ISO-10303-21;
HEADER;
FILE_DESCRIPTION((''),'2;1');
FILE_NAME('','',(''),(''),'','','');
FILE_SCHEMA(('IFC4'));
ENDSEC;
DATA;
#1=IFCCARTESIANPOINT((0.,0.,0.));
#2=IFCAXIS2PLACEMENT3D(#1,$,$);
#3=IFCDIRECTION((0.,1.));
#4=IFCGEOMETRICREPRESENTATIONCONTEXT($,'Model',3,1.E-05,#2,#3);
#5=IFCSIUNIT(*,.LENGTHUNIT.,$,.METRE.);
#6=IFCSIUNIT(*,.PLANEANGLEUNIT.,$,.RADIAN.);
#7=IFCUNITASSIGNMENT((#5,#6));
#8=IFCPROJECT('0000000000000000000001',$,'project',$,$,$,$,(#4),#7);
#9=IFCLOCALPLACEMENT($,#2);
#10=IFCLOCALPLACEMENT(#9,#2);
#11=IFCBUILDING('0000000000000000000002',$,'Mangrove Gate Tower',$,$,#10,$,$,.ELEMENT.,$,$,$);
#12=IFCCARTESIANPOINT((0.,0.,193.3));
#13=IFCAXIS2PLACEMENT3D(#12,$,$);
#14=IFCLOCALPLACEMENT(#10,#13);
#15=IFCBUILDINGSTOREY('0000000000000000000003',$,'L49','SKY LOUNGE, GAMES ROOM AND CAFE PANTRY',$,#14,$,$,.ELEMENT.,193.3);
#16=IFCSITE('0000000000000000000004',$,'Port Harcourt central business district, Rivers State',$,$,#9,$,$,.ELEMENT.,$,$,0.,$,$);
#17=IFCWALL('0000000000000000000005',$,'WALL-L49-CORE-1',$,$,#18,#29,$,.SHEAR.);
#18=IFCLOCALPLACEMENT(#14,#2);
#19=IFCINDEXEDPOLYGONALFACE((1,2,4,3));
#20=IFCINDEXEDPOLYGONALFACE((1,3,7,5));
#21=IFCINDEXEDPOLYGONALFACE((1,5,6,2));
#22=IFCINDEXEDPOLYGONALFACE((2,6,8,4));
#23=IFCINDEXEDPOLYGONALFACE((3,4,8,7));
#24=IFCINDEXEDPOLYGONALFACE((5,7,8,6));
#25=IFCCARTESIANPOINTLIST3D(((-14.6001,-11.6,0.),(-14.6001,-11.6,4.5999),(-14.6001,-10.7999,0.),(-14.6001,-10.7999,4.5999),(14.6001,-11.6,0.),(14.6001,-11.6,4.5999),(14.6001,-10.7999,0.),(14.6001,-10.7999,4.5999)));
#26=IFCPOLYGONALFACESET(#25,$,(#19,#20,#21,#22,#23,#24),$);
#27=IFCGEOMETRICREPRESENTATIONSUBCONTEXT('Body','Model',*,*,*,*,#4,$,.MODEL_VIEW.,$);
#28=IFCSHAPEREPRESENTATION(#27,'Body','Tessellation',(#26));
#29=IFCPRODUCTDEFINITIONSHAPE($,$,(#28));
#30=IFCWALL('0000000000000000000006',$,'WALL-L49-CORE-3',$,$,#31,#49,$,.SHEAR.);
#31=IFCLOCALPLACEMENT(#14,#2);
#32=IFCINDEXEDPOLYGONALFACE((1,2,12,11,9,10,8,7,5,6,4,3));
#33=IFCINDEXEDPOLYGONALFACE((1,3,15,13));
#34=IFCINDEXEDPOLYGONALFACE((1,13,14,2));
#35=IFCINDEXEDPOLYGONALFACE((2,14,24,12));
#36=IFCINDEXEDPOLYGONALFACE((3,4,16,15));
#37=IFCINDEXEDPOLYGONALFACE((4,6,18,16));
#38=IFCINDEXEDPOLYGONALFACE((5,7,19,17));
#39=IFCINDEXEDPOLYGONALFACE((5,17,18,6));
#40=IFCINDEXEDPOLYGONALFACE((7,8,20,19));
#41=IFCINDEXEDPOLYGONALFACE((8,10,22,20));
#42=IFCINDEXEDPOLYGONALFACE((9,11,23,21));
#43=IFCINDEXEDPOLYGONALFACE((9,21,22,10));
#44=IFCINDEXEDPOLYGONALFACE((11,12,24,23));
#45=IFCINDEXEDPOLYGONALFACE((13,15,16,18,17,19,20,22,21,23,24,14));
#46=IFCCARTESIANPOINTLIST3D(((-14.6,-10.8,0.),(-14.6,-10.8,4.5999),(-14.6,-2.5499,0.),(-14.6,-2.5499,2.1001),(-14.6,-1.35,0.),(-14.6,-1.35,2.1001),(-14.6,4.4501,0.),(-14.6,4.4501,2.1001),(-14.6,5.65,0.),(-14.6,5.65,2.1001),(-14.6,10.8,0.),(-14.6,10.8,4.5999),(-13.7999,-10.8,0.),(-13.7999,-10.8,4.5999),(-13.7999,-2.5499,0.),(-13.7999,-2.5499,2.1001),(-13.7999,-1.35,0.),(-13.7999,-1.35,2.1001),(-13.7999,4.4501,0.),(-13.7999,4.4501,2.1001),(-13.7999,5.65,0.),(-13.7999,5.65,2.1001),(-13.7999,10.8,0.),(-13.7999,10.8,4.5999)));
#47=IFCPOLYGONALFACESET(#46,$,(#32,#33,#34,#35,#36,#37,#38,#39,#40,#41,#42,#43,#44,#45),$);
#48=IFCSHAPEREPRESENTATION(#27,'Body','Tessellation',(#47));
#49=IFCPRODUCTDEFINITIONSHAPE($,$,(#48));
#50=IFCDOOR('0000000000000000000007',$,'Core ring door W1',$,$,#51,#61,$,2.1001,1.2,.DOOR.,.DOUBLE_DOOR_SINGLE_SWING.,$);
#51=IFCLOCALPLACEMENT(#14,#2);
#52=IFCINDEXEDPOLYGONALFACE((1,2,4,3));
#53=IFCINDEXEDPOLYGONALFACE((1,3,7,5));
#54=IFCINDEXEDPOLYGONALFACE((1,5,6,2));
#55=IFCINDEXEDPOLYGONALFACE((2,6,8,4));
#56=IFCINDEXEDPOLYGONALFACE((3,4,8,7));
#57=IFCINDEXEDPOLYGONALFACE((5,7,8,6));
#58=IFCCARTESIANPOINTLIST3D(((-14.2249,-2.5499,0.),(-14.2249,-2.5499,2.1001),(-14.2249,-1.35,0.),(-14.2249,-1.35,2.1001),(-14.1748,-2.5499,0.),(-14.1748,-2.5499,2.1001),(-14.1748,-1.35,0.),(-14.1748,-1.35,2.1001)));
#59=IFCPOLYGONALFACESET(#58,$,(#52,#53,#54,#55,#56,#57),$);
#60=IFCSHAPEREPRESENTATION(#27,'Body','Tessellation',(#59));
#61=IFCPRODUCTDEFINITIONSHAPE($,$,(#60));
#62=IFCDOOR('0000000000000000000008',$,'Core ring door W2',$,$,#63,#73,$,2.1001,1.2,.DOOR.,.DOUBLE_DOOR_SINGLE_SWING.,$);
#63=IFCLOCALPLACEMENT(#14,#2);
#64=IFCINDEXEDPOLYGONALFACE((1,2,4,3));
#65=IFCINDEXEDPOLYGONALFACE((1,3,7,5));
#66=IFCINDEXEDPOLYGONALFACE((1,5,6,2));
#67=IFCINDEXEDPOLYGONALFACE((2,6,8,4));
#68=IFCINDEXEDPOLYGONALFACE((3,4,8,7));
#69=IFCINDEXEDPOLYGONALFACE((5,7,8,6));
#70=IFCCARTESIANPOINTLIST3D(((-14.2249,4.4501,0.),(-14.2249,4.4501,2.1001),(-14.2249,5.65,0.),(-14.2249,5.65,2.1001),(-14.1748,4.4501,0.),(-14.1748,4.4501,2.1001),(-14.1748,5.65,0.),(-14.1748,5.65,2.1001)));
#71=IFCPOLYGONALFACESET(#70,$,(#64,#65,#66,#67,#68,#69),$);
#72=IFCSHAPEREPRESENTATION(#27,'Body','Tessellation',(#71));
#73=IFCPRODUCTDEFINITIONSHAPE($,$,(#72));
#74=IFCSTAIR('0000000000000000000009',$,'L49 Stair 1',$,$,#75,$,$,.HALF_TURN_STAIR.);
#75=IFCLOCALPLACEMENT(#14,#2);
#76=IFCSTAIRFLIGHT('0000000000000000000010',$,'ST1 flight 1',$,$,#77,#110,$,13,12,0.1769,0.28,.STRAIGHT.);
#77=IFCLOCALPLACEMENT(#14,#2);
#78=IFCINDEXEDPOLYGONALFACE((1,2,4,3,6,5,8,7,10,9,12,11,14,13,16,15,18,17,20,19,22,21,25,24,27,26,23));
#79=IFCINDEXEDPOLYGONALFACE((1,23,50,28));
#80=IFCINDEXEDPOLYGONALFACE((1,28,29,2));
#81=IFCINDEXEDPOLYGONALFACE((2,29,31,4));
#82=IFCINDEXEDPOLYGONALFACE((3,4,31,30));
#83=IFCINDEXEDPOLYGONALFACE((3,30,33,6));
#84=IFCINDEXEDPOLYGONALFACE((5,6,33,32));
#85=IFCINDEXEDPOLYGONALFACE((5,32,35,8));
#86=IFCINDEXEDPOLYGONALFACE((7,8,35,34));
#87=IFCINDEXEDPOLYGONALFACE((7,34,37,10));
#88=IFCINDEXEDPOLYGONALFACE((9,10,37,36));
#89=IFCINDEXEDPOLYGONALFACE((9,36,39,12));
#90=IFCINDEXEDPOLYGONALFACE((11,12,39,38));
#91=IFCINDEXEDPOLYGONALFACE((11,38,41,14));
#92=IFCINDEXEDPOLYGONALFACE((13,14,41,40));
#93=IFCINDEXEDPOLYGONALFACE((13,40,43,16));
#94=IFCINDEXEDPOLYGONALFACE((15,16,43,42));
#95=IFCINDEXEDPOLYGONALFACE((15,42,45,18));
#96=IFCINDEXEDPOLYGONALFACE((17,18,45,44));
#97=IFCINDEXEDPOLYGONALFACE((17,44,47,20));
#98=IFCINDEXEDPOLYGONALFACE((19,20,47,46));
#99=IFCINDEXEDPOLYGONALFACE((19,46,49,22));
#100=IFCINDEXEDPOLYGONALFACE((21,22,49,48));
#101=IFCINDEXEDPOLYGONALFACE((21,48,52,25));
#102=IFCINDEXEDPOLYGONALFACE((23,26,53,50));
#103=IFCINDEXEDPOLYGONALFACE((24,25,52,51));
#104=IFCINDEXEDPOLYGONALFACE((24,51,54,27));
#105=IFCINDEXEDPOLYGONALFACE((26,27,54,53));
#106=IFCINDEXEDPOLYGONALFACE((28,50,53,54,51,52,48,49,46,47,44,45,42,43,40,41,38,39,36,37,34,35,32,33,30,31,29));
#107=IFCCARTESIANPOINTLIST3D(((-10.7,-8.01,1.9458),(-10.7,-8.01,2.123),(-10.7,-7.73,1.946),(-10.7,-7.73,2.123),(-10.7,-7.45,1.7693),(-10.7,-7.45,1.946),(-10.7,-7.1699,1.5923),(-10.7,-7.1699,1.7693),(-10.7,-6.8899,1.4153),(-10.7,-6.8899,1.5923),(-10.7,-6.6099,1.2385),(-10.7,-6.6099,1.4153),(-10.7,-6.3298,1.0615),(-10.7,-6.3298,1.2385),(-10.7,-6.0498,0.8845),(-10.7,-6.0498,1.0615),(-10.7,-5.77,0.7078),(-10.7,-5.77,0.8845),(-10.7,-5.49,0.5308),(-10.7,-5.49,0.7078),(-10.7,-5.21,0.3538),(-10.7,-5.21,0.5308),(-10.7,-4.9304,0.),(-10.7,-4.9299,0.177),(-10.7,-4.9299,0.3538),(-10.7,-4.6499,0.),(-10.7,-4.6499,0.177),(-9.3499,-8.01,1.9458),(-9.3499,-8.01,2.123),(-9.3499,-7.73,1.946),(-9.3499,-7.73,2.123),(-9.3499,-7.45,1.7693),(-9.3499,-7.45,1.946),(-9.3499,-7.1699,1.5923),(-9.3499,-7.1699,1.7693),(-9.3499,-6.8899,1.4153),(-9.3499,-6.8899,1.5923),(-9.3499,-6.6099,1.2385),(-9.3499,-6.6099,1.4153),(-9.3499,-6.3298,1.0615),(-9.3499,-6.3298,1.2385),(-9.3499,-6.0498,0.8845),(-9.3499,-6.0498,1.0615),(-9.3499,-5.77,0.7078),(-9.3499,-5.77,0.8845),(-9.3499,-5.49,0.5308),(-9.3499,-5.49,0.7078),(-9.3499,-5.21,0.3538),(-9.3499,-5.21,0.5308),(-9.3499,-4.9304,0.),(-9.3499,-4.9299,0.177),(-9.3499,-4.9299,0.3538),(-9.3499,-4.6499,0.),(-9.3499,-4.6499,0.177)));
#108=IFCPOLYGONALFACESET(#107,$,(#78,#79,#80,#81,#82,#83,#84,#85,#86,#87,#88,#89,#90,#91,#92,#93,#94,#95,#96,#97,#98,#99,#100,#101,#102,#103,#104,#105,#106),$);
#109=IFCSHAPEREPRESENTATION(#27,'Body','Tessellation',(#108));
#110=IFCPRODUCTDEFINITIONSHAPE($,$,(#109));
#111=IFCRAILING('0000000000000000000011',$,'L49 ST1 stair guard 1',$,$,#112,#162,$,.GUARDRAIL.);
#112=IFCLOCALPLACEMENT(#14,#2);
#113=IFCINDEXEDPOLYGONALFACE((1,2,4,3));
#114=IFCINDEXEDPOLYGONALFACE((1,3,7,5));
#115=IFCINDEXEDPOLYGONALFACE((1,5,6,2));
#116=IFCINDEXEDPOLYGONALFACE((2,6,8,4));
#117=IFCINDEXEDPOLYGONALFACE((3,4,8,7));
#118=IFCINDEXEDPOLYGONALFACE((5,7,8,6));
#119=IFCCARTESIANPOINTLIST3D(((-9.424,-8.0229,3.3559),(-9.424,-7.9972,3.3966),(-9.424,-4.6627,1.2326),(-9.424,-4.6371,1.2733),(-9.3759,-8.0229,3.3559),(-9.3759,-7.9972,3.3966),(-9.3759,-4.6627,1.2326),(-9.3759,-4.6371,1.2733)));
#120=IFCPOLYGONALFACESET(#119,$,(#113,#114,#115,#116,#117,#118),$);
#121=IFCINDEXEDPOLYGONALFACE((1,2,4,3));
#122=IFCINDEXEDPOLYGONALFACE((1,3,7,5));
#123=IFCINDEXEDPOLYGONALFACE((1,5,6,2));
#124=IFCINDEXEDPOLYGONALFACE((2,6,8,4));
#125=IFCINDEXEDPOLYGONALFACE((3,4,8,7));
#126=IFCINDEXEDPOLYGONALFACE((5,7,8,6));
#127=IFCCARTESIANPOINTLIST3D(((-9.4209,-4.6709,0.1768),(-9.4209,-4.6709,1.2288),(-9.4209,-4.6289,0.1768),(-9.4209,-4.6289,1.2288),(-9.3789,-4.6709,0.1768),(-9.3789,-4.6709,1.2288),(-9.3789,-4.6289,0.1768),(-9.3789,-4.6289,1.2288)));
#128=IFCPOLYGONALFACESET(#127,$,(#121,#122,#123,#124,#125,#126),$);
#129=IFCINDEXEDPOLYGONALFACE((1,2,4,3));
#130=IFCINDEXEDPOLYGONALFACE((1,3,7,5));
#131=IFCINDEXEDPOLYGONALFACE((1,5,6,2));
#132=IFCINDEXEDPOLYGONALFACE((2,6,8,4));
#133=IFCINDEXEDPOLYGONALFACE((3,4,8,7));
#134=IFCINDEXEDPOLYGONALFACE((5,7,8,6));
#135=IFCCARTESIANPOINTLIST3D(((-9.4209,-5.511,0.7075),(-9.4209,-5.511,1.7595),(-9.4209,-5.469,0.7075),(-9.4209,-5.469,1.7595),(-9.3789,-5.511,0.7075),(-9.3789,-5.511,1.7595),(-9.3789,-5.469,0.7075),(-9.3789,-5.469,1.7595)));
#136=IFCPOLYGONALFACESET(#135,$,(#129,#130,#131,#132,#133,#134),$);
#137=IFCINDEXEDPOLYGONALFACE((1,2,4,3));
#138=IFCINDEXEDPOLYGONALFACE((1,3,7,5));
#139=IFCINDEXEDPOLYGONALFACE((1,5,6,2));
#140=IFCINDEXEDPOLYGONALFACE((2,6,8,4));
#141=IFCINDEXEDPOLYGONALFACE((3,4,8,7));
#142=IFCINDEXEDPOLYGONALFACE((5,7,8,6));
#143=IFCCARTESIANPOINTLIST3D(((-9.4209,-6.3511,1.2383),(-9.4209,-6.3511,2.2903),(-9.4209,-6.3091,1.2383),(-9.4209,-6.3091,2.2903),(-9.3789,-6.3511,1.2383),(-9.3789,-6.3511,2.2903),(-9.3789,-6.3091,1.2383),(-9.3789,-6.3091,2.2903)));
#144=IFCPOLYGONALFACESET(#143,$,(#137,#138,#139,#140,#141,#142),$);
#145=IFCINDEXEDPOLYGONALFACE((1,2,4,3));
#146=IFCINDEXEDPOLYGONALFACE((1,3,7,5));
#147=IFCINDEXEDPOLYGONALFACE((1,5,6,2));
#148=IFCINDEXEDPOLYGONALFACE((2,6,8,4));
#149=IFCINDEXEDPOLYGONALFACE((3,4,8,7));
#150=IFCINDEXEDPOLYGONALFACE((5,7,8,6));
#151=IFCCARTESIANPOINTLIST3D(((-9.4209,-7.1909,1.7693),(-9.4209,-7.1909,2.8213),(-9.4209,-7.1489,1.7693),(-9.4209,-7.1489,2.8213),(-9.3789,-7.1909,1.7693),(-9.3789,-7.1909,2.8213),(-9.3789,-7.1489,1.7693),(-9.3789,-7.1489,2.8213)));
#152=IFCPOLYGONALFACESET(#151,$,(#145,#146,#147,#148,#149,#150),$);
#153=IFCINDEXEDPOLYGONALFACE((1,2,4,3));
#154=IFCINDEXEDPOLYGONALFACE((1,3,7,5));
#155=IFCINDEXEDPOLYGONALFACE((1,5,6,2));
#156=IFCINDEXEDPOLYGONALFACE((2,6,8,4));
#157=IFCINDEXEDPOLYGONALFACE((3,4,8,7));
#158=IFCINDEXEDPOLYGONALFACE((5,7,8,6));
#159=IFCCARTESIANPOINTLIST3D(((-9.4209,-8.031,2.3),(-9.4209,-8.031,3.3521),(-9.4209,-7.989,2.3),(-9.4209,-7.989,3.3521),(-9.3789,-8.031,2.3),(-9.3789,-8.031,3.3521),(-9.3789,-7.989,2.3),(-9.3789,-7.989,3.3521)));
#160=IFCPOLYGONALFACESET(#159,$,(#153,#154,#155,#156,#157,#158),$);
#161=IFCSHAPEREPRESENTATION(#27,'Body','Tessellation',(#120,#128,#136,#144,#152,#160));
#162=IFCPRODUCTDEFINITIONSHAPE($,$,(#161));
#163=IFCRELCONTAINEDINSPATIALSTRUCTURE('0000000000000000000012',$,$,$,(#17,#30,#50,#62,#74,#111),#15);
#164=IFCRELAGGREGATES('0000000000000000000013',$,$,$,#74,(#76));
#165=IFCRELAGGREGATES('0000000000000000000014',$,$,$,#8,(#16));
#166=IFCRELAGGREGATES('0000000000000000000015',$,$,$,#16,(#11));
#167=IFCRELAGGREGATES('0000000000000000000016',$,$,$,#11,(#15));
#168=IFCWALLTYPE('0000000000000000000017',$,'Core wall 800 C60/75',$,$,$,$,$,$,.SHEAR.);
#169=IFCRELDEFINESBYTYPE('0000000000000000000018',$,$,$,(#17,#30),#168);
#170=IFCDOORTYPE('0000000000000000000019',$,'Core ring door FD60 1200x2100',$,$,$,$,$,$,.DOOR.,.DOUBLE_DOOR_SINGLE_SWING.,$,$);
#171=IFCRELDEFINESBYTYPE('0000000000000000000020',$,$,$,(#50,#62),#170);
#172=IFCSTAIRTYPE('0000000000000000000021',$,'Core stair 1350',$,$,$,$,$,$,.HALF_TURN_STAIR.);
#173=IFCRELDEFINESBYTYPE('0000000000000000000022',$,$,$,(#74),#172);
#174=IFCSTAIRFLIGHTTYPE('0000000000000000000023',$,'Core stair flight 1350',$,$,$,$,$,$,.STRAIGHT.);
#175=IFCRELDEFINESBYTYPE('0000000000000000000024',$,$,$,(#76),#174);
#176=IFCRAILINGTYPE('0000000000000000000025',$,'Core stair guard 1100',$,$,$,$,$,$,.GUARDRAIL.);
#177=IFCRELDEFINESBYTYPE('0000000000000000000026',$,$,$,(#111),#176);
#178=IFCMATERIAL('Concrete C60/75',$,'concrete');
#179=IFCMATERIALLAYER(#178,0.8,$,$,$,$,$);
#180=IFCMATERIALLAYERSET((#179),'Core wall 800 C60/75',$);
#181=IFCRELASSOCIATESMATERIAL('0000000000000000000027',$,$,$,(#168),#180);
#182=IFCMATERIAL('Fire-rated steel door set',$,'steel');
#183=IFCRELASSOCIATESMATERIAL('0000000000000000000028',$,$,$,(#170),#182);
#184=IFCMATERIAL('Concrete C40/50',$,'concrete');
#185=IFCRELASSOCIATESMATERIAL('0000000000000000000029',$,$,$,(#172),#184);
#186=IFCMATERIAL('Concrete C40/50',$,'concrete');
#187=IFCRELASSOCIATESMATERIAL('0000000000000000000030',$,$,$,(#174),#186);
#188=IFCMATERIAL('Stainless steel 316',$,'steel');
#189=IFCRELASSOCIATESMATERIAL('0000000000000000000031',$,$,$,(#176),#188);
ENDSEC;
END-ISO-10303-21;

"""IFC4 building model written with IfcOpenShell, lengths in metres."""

from ifc_helpers import new_model, si_unit, direction, frame, frame_2d, origin, origin_2d, place, context, subcontext, project, spatial, polyline, rectangle, outline, extrude, material, layer, layer_set, type_object, element, fill, aggregate, save


model = new_model("IFC4")

# Units and contexts
model_context = context("Model", 3, precision=1e-05, world=origin(), true_north=direction((0.0, 1.0)))
body_context = subcontext(model_context, "Body", "Model", "MODEL_VIEW")
ifc_project = project(units=[si_unit("LENGTHUNIT", "METRE"), si_unit("PLANEANGLEUNIT", "RADIAN")], contexts=[model_context])

# Site, building, storey
site_placement = place(None, origin())
site = spatial("IfcSite", under=ifc_project, at=site_placement, Name="Port Harcourt central business district, Rivers State", CompositionType="ELEMENT", RefElevation=0.0)
building_placement = place(site_placement, origin())
building = spatial("IfcBuilding", under=site, at=building_placement, Name="Mangrove Gate Tower", CompositionType="ELEMENT")
storey_placement = place(building_placement, frame((0.0, 0.0, 193.3)))
storey = spatial("IfcBuildingStorey", under=building, at=storey_placement, Name="L49", Description="SKY LOUNGE, GAMES ROOM AND CAFE PANTRY", CompositionType="ELEMENT", Elevation=193.3)

# Wall
ifc_material_1 = material(Name="Concrete C60/75", Category="concrete")
ifc_layer_1 = layer(ifc_material_1, 0.8)
ifc_layer_set_1 = layer_set([ifc_layer_1], Name="Core wall 800 C60/75")
wall_type_1 = type_object("IfcWallType", Name="Core wall 800 C60/75", PredefinedType="SHEAR", material=ifc_layer_set_1)
wall_1_placement = place(storey_placement, frame((-14.6001, -11.2, 0.0), z_axis=(0.0, 0.0, 1.0), x_axis=(1.0, 0.0, 0.0)))
element("IfcWall", 1, at=wall_1_placement, inside=storey, type_object=wall_type_1, Name="WALL-L49-CORE-1", PredefinedType="SHEAR", context=body_context, shape_type="SweptSolid", body=[
    extrude(rectangle(XDim=29.2002, YDim=0.8, at=frame_2d((14.6001, 0.0))), origin(), (0.0, 0.0, 1.0), 4.5999),
])

# Wall, openings, doors
wall_2_placement = place(storey_placement, frame((-14.2, -10.8, 0.0), z_axis=(0.0, 0.0, 1.0), x_axis=(0.0, 1.0, 0.0)))
wall_2 = element("IfcWall", 2, at=wall_2_placement, inside=storey, type_object=wall_type_1, Name="WALL-L49-CORE-3", PredefinedType="SHEAR", context=body_context, shape_type="SweptSolid", body=[
    extrude(rectangle(XDim=21.6001, YDim=0.8, at=frame_2d((10.8, 0.0))), origin(), (0.0, 0.0, 1.0), 4.5999),
])
opening_1_placement = place(wall_2_placement, frame((8.25, 0.0, 0.0)))
opening_1 = element("IfcOpeningElement", 3, at=opening_1_placement, cuts=wall_2, PredefinedType="OPENING", context=body_context, shape_type="SweptSolid", body=[
    extrude(rectangle(XDim=1.2, YDim=2.1001, at=frame_2d((0.6001, 1.05))), frame((0.0, 0.4099, 0.0), z_axis=(0.0, -1.0, 0.0), x_axis=(1.0, 0.0, 0.0)), (0.0, 0.0, 1.0), 0.8201),
])
opening_2_placement = place(wall_2_placement, frame((15.25, 0.0, 0.0)))
opening_2 = element("IfcOpeningElement", 4, at=opening_2_placement, cuts=wall_2, PredefinedType="OPENING", context=body_context, shape_type="SweptSolid", body=[
    extrude(rectangle(XDim=1.2, YDim=2.1001, at=frame_2d((0.6001, 1.05))), frame((0.0, 0.4099, 0.0), z_axis=(0.0, -1.0, 0.0), x_axis=(1.0, 0.0, 0.0)), (0.0, 0.0, 1.0), 0.8201),
])
ifc_material_2 = material(Name="Fire-rated steel door set", Category="steel")
door_type_1 = type_object("IfcDoorType", Name="Core ring door FD60 1200x2100", OperationType="DOUBLE_DOOR_SINGLE_SWING", PredefinedType="DOOR", material=ifc_material_2)
door_1_placement = place(opening_1_placement, origin())
door_1 = element("IfcDoor", 5, at=door_1_placement, inside=storey, type_object=door_type_1, Name="Core ring door W1", OperationType="DOUBLE_DOOR_SINGLE_SWING", OverallHeight=2.1001, OverallWidth=1.2, PredefinedType="DOOR", context=body_context, shape_type="SweptSolid", body=[
    extrude(rectangle(XDim=1.2, YDim=2.1001, at=frame_2d((0.6001, 1.05))), frame((0.0, 0.0249, 0.0), z_axis=(0.0, -1.0, 0.0), x_axis=(1.0, 0.0, 0.0)), (0.0, 0.0, 1.0), 0.05),
])
fill(opening_1, door_1)
door_2_placement = place(opening_2_placement, origin())
door_2 = element("IfcDoor", 6, at=door_2_placement, inside=storey, type_object=door_type_1, Name="Core ring door W2", OperationType="DOUBLE_DOOR_SINGLE_SWING", OverallHeight=2.1001, OverallWidth=1.2, PredefinedType="DOOR", context=body_context, shape_type="SweptSolid", body=[
    extrude(rectangle(XDim=1.2, YDim=2.1001, at=frame_2d((0.6001, 1.05))), frame((0.0, 0.0249, 0.0), z_axis=(0.0, -1.0, 0.0), x_axis=(1.0, 0.0, 0.0)), (0.0, 0.0, 1.0), 0.05),
])
fill(opening_2, door_2)

# Stair, stair flight
ifc_material_3 = material(Name="Concrete C40/50", Category="concrete")
stair_type = type_object("IfcStairType", Name="Core stair 1350", PredefinedType="HALF_TURN_STAIR", material=ifc_material_3)
stair_placement = place(storey_placement, origin())
stair = element("IfcStair", 7, at=stair_placement, inside=storey, type_object=stair_type, Name="L49 Stair 1", PredefinedType="HALF_TURN_STAIR")
ifc_material_4 = material(Name="Concrete C40/50", Category="concrete")
stair_flight_type = type_object("IfcStairFlightType", Name="Core stair flight 1350", PredefinedType="STRAIGHT", material=ifc_material_4)
stair_flight_placement = place(storey_placement, frame((-10.0249, -4.6499, 0.0), z_axis=(0.0, 0.0, 1.0), x_axis=(0.0, -1.0, 0.0)))
stair_flight = element("IfcStairFlight", 8, at=stair_flight_placement, type_object=stair_flight_type, Name="ST1 flight 1", NumberOfRisers=13, NumberOfTreads=12, PredefinedType="STRAIGHT", RiserHeight=0.1769, TreadLength=0.28, context=body_context, shape_type="SweptSolid", body=[
    extrude(outline(polyline([(0.0, 0.0), (0.0, 0.177), (0.28, 0.177), (0.28, 0.3538), (0.5601, 0.3538), (0.5601, 0.5308), (0.8401, 0.5308), (0.8401, 0.7078), (1.1201, 0.7078), (1.1201, 0.8845), (1.3999, 0.8845), (1.3999, 1.0615), (1.6799, 1.0615), (1.6799, 1.2385), (1.96, 1.2385), (1.96, 1.4153), (2.24, 1.4153), (2.24, 1.5923), (2.52, 1.5923), (2.52, 1.7693), (2.8, 1.7693), (2.8, 1.946), (3.0801, 1.946), (3.0801, 2.123), (3.3601, 2.123), (3.3601, 2.3), (3.3601, 1.9458), (0.2805, 0.0), (0.0, 0.0)])), frame((0.0, 0.675, 0.0), z_axis=(0.0, -1.0, 0.0), x_axis=(1.0, 0.0, 0.0)), (0.0, 0.0, 1.0), 1.3501),
])
aggregate(stair, [stair_flight])

# Railing
ifc_material_5 = material(Name="Stainless steel 316", Category="steel")
railing_type_1 = type_object("IfcRailingType", Name="Core stair guard 1100", PredefinedType="GUARDRAIL", material=ifc_material_5)
railing_1_placement = place(storey_placement, frame((-9.3999, -4.6499, 0.1768)))
element("IfcRailing", 9, at=railing_1_placement, inside=storey, type_object=railing_type_1, Name="L49 ST1 stair guard 1", PredefinedType="GUARDRAIL", context=body_context, shape_type="SweptSolid", body=[
    extrude(rectangle(XDim=0.0481, YDim=0.0481, at=origin_2d()), frame((0.0, 0.0, 1.0762), z_axis=(0.0, -0.845362, 0.534194), x_axis=(1.0, 0.0, 0.0)), (0.0, 0.0, 1.0), 3.9749),
    extrude(rectangle(XDim=0.042, YDim=0.042, at=origin_2d()), origin(), (0.0, 0.0, 1.0), 1.052),
    extrude(rectangle(XDim=0.042, YDim=0.042, at=origin_2d()), frame((0.0, -0.8401, 0.5308)), (0.0, 0.0, 1.0), 1.052),
    extrude(rectangle(XDim=0.042, YDim=0.042, at=origin_2d()), frame((0.0, -1.6802, 1.0615)), (0.0, 0.0, 1.0), 1.052),
    extrude(rectangle(XDim=0.042, YDim=0.042, at=origin_2d()), frame((0.0, -2.52, 1.5925)), (0.0, 0.0, 1.0), 1.052),
    extrude(rectangle(XDim=0.042, YDim=0.042, at=origin_2d()), frame((0.0, -3.3601, 2.1233)), (0.0, 0.0, 1.0), 1.052),
])

save(model, "model.ifc")
